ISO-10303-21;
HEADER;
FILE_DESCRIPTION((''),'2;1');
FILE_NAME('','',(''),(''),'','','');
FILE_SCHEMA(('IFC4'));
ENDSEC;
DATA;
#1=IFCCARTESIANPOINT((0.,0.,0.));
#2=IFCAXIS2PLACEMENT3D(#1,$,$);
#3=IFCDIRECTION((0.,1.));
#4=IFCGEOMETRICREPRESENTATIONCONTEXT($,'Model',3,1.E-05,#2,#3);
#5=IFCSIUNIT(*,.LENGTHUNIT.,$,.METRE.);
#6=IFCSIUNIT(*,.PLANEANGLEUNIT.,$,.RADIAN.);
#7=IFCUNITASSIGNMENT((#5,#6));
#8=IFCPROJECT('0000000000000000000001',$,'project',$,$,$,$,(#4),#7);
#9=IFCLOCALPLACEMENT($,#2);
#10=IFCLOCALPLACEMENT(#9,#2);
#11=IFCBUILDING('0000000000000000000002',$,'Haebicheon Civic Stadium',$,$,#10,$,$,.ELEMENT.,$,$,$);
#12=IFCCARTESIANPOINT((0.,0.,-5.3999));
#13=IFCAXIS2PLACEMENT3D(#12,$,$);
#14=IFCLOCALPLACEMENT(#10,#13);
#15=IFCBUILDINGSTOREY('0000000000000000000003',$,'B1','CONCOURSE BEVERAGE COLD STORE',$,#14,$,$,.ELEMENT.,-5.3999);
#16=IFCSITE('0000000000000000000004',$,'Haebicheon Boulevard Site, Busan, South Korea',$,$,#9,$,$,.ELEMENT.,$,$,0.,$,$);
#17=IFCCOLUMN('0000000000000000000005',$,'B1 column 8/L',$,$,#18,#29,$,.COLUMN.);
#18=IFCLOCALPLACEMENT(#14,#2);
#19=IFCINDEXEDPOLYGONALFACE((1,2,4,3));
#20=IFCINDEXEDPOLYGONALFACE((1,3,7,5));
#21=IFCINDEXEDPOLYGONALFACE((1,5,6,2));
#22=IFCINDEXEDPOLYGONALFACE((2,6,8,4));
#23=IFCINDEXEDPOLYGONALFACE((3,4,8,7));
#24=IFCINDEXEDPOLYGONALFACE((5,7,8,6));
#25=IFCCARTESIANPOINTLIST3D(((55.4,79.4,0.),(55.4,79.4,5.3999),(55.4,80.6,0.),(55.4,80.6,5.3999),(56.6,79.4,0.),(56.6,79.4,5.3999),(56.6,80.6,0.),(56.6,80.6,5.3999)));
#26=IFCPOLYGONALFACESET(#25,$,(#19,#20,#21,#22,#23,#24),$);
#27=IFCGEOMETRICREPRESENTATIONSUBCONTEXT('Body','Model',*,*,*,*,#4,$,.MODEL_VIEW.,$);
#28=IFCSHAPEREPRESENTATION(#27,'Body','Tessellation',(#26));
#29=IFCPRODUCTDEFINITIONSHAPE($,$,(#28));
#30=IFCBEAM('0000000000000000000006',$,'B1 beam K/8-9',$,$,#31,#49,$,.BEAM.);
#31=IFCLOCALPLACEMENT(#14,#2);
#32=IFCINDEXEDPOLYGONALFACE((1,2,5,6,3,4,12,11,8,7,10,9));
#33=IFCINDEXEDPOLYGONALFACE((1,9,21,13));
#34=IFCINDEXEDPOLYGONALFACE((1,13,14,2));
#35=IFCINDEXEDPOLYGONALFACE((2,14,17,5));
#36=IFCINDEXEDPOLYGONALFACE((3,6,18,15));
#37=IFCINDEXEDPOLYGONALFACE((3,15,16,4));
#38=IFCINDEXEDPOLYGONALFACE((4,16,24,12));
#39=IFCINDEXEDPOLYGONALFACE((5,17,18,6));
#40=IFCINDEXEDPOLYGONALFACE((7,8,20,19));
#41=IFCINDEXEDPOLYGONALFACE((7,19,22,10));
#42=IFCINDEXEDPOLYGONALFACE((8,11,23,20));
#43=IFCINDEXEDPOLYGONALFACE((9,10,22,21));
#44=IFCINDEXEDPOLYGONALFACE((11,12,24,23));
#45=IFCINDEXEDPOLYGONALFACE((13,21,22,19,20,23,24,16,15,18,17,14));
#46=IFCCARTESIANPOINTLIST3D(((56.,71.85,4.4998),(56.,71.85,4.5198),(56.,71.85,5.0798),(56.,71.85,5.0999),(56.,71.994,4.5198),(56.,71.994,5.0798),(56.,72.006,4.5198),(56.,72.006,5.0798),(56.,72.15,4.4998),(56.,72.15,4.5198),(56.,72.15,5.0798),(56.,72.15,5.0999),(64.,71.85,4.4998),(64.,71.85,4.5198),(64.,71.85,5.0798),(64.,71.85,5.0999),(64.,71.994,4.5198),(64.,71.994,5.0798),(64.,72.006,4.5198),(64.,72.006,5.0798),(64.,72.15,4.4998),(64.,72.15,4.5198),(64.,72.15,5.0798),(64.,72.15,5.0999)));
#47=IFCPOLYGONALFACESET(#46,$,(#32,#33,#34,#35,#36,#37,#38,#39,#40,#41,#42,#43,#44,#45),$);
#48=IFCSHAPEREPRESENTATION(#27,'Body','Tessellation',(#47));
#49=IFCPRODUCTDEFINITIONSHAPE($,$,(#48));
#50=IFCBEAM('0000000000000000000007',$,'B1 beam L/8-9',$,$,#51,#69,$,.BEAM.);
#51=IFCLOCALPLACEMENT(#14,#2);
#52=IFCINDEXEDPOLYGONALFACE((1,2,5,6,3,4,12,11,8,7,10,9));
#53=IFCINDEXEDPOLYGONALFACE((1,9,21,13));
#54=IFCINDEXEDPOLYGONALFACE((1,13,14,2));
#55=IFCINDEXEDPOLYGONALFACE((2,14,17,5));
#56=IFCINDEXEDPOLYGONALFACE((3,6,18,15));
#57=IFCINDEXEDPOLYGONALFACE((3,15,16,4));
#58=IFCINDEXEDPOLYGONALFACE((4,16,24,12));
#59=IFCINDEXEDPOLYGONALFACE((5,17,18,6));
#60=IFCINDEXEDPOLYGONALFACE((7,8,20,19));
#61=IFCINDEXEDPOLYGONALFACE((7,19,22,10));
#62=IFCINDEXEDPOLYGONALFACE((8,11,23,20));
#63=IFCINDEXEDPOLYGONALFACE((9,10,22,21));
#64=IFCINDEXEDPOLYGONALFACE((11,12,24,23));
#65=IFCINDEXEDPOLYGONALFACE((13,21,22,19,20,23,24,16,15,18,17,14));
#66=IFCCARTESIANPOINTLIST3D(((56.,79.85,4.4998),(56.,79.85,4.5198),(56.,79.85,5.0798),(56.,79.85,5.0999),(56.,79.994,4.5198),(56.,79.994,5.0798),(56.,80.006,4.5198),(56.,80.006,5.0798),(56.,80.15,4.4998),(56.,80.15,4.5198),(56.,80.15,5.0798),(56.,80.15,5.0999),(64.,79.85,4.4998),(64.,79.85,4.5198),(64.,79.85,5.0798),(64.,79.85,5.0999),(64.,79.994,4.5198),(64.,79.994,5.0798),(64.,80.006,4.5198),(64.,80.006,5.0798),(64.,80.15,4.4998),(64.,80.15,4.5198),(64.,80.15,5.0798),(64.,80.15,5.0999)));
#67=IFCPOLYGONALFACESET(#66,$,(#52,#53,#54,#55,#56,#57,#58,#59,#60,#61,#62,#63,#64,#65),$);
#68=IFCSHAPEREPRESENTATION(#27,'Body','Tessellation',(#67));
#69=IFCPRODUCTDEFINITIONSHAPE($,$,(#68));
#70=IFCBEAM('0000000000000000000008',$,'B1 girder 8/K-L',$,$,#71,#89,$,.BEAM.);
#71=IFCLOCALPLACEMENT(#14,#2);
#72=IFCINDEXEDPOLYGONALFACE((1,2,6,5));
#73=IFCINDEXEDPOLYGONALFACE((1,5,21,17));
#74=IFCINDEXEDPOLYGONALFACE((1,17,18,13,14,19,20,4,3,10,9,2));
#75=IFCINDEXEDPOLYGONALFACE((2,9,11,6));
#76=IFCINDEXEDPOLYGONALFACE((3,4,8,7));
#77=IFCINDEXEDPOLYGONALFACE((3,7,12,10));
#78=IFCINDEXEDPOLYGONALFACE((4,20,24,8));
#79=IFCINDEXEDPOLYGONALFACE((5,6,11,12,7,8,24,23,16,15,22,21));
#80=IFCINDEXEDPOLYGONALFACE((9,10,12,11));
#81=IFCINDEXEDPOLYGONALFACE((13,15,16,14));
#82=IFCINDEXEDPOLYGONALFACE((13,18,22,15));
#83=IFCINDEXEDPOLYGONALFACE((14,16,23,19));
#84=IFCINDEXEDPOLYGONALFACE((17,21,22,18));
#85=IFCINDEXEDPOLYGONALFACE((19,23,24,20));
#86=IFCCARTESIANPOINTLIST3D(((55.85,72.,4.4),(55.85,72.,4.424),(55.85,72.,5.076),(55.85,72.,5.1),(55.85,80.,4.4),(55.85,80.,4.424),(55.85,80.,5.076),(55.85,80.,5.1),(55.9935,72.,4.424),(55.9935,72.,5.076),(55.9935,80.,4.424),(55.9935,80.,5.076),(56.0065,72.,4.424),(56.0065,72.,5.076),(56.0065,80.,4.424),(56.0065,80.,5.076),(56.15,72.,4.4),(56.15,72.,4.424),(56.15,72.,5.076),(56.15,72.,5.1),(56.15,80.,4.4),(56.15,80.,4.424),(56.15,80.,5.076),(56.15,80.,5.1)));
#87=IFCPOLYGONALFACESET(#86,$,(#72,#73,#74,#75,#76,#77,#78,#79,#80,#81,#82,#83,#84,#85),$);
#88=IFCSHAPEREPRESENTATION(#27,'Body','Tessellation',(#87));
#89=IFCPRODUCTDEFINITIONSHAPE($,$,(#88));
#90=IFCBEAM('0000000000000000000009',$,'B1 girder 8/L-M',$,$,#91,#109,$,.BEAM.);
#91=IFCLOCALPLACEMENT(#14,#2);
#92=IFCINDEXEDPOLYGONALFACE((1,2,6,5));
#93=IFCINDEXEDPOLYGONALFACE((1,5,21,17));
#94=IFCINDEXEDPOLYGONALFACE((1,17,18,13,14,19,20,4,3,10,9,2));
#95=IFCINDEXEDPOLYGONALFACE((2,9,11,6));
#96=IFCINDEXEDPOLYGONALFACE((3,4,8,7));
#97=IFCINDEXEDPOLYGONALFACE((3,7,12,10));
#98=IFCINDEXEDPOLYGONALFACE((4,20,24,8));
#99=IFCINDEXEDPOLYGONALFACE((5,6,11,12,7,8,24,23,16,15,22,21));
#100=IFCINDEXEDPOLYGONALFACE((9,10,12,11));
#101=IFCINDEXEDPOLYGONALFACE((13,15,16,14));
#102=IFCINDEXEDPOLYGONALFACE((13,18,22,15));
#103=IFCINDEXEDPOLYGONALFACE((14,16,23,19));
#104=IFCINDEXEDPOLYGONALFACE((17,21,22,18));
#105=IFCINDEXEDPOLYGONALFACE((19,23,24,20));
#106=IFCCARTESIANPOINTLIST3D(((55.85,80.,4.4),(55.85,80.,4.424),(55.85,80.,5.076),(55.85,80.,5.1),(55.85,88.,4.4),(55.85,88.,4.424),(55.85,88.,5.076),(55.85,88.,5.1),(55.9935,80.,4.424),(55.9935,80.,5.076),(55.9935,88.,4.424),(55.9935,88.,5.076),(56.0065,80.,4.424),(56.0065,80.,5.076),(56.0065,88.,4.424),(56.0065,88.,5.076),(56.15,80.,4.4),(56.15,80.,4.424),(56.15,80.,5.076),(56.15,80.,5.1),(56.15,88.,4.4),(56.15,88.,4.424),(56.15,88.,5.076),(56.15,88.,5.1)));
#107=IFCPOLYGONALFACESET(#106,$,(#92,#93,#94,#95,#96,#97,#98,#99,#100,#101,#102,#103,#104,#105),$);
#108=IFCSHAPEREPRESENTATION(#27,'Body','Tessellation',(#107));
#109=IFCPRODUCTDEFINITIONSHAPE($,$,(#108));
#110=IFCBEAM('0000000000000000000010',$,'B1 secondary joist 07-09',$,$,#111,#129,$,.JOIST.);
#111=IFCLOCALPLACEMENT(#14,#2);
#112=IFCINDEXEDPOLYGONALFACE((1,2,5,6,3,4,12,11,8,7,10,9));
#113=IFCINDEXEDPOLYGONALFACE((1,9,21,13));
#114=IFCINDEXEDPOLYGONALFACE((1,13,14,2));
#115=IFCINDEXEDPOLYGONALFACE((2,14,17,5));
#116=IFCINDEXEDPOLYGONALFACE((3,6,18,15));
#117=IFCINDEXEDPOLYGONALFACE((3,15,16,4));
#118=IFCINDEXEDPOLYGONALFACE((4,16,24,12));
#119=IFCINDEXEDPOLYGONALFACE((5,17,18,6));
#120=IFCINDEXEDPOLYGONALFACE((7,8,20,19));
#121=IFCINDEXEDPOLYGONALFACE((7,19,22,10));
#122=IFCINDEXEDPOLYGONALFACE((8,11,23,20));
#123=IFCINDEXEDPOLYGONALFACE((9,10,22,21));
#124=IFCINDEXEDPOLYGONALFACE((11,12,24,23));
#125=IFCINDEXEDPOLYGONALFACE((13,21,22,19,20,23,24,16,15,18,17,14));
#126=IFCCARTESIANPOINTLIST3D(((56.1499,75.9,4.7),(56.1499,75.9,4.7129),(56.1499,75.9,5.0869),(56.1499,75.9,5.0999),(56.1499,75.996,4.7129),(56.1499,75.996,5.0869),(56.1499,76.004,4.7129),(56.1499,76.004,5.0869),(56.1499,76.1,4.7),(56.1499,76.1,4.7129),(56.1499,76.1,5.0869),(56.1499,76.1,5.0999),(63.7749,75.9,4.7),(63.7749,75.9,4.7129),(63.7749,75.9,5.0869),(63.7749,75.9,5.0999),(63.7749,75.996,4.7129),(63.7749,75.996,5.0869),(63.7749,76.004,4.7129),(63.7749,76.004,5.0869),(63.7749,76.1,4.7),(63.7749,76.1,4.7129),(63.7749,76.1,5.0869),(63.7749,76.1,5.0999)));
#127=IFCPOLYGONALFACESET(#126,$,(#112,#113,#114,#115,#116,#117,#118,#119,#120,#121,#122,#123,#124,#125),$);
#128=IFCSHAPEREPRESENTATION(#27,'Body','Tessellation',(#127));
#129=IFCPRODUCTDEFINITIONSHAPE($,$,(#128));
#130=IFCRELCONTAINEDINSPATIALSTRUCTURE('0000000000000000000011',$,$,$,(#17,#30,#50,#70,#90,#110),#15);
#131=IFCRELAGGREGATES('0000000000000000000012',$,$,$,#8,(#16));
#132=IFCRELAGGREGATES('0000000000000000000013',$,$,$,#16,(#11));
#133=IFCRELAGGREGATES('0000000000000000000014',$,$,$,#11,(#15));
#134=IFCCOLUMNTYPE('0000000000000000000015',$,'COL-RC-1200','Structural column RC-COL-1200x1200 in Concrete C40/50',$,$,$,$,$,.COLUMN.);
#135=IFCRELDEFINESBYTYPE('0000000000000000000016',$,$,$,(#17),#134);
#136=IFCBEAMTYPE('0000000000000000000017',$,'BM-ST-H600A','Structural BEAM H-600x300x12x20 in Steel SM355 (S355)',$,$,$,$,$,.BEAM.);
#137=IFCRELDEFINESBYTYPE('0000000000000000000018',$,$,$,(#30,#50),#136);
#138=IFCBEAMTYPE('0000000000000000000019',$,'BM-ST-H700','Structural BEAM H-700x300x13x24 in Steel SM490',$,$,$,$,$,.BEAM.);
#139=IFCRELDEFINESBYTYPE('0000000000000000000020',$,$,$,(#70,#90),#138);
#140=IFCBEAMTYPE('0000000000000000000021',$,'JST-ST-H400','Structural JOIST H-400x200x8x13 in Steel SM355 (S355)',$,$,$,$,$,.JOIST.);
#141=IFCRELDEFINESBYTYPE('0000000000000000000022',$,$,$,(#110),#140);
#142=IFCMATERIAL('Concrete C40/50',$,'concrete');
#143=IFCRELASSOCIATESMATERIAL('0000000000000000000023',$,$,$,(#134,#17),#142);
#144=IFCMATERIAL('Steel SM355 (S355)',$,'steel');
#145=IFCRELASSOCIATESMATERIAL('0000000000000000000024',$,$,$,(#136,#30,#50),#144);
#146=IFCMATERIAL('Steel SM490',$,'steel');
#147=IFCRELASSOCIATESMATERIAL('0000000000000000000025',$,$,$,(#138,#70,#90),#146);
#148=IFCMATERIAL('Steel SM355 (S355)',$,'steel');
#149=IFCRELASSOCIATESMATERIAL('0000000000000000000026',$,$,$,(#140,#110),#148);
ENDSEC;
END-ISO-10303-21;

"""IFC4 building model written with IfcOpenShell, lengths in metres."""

from ifc_helpers import new_model, si_unit, direction, frame, origin, origin_2d, place, context, subcontext, project, spatial, rectangle, i_section, extrude, material, material_profile, profile_set, type_object, element, save


model = new_model("IFC4")

# Units and contexts
model_context = context("Model", 3, precision=1e-05, world=origin(), true_north=direction((0.0, 1.0)))
body_context = subcontext(model_context, "Body", "Model", "MODEL_VIEW")
ifc_project = project(units=[si_unit("LENGTHUNIT", "METRE"), si_unit("PLANEANGLEUNIT", "RADIAN")], contexts=[model_context])

# Site, building, storey
site_placement = place(None, origin())
site = spatial("IfcSite", under=ifc_project, at=site_placement, Name="Haebicheon Boulevard Site, Busan, South Korea", CompositionType="ELEMENT", RefElevation=0.0)
building_placement = place(site_placement, origin())
building = spatial("IfcBuilding", under=site, at=building_placement, Name="Haebicheon Civic Stadium", CompositionType="ELEMENT")
storey_placement = place(building_placement, frame((0.0, 0.0, -5.3999)))
storey = spatial("IfcBuildingStorey", under=building, at=storey_placement, Name="B1", Description="CONCOURSE BEVERAGE COLD STORE", CompositionType="ELEMENT", Elevation=-5.3999)

# Column
ifc_material_1 = material(Name="Concrete C40/50", Category="concrete")
ifc_material_profile_1 = material_profile(ifc_material_1, rectangle(XDim=1.2, YDim=1.2, at=origin_2d()), Name="RC-COL-1200x1200")
ifc_profile_set_1 = profile_set([ifc_material_profile_1], Name="Concrete C40/50")
column_type = type_object("IfcColumnType", Name="COL-RC-1200", Description="Structural column RC-COL-1200x1200 in Concrete C40/50", PredefinedType="COLUMN", material=ifc_profile_set_1)
for number, where, z_axis, x_axis, name in (
    (1, (56.0, 80.0, 0.0), (0.0, 0.0, 1.0), (1.0, 0.0, 0.0), "B1 column 8/L"),
):
    element("IfcColumn", number, at=place(storey_placement, frame(where, z_axis=z_axis, x_axis=x_axis)), inside=storey, type_object=column_type, material=ifc_profile_set_1, Name=name, PredefinedType="COLUMN", context=body_context, shape_type="SweptSolid", body=[
        extrude(rectangle(XDim=1.2, YDim=1.2, at=origin_2d()), origin(), (0.0, 0.0, 1.0), 5.3999),
    ])

# Beams
ifc_material_2 = material(Name="Steel SM355 (S355)", Category="steel")
ifc_material_profile_2 = material_profile(ifc_material_2, i_section(OverallWidth=0.3, OverallDepth=0.6001, WebThickness=0.012, FlangeThickness=0.02, at=origin_2d()), Name="H-600x300x12x20")
ifc_profile_set_2 = profile_set([ifc_material_profile_2], Name="Steel SM355 (S355)")
beam_type_1 = type_object("IfcBeamType", Name="BM-ST-H600A", Description="Structural BEAM H-600x300x12x20 in Steel SM355 (S355)", PredefinedType="BEAM", material=ifc_profile_set_2)
for number, where, z_axis, x_axis, name in (
    (2, (56.0, 72.0, 4.7998), (1.0, 0.0, 0.0), (0.0, 1.0, 0.0), "B1 beam K/8-9"),
    (3, (56.0, 80.0, 4.7998), (1.0, 0.0, 0.0), (0.0, 1.0, 0.0), "B1 beam L/8-9"),
):
    element("IfcBeam", number, at=place(storey_placement, frame(where, z_axis=z_axis, x_axis=x_axis)), inside=storey, type_object=beam_type_1, material=ifc_profile_set_2, Name=name, PredefinedType="BEAM", context=body_context, shape_type="SweptSolid", body=[
        extrude(i_section(OverallWidth=0.3, OverallDepth=0.6001, WebThickness=0.012, FlangeThickness=0.02, at=origin_2d()), origin(), (0.0, 0.0, 1.0), 8.0),
    ])
ifc_material_3 = material(Name="Steel SM490", Category="steel")
ifc_material_profile_3 = material_profile(ifc_material_3, i_section(OverallWidth=0.3, OverallDepth=0.7, WebThickness=0.0129, FlangeThickness=0.0239, at=origin_2d()), Name="H-700x300x13x24")
ifc_profile_set_3 = profile_set([ifc_material_profile_3], Name="Steel SM490")
beam_type_2 = type_object("IfcBeamType", Name="BM-ST-H700", Description="Structural BEAM H-700x300x13x24 in Steel SM490", PredefinedType="BEAM", material=ifc_profile_set_3)
for number, where, z_axis, x_axis, name in (
    (4, (56.0, 72.0, 4.75), (0.0, 1.0, 0.0), (-1.0, 0.0, 0.0), "B1 girder 8/K-L"),
    (5, (56.0, 80.0, 4.75), (0.0, 1.0, 0.0), (-1.0, 0.0, 0.0), "B1 girder 8/L-M"),
):
    element("IfcBeam", number, at=place(storey_placement, frame(where, z_axis=z_axis, x_axis=x_axis)), inside=storey, type_object=beam_type_2, material=ifc_profile_set_3, Name=name, PredefinedType="BEAM", context=body_context, shape_type="SweptSolid", body=[
        extrude(i_section(OverallWidth=0.3, OverallDepth=0.7, WebThickness=0.0129, FlangeThickness=0.0239, at=origin_2d()), origin(), (0.0, 0.0, 1.0), 8.0),
    ])
ifc_material_4 = material(Name="Steel SM355 (S355)", Category="steel")
ifc_material_profile_4 = material_profile(ifc_material_4, i_section(OverallWidth=0.2, OverallDepth=0.3999, WebThickness=0.0081, FlangeThickness=0.0129, at=origin_2d()), Name="H-400x200x8x13")
ifc_profile_set_4 = profile_set([ifc_material_profile_4], Name="Steel SM355 (S355)")
beam_type_3 = type_object("IfcBeamType", Name="JST-ST-H400", Description="Structural JOIST H-400x200x8x13 in Steel SM355 (S355)", PredefinedType="JOIST", material=ifc_profile_set_4)
beam_placement = place(storey_placement, frame((56.1499, 76.0, 4.8999), z_axis=(1.0, 0.0, 0.0), x_axis=(0.0, 1.0, 0.0)))
element("IfcBeam", 6, at=beam_placement, inside=storey, type_object=beam_type_3, material=ifc_profile_set_4, Name="B1 secondary joist 07-09", PredefinedType="JOIST", context=body_context, shape_type="SweptSolid", body=[
    extrude(i_section(OverallWidth=0.2, OverallDepth=0.3999, WebThickness=0.0081, FlangeThickness=0.0129, at=origin_2d()), origin(), (0.0, 0.0, 1.0), 7.625),
])

save(model, "model.ifc")
